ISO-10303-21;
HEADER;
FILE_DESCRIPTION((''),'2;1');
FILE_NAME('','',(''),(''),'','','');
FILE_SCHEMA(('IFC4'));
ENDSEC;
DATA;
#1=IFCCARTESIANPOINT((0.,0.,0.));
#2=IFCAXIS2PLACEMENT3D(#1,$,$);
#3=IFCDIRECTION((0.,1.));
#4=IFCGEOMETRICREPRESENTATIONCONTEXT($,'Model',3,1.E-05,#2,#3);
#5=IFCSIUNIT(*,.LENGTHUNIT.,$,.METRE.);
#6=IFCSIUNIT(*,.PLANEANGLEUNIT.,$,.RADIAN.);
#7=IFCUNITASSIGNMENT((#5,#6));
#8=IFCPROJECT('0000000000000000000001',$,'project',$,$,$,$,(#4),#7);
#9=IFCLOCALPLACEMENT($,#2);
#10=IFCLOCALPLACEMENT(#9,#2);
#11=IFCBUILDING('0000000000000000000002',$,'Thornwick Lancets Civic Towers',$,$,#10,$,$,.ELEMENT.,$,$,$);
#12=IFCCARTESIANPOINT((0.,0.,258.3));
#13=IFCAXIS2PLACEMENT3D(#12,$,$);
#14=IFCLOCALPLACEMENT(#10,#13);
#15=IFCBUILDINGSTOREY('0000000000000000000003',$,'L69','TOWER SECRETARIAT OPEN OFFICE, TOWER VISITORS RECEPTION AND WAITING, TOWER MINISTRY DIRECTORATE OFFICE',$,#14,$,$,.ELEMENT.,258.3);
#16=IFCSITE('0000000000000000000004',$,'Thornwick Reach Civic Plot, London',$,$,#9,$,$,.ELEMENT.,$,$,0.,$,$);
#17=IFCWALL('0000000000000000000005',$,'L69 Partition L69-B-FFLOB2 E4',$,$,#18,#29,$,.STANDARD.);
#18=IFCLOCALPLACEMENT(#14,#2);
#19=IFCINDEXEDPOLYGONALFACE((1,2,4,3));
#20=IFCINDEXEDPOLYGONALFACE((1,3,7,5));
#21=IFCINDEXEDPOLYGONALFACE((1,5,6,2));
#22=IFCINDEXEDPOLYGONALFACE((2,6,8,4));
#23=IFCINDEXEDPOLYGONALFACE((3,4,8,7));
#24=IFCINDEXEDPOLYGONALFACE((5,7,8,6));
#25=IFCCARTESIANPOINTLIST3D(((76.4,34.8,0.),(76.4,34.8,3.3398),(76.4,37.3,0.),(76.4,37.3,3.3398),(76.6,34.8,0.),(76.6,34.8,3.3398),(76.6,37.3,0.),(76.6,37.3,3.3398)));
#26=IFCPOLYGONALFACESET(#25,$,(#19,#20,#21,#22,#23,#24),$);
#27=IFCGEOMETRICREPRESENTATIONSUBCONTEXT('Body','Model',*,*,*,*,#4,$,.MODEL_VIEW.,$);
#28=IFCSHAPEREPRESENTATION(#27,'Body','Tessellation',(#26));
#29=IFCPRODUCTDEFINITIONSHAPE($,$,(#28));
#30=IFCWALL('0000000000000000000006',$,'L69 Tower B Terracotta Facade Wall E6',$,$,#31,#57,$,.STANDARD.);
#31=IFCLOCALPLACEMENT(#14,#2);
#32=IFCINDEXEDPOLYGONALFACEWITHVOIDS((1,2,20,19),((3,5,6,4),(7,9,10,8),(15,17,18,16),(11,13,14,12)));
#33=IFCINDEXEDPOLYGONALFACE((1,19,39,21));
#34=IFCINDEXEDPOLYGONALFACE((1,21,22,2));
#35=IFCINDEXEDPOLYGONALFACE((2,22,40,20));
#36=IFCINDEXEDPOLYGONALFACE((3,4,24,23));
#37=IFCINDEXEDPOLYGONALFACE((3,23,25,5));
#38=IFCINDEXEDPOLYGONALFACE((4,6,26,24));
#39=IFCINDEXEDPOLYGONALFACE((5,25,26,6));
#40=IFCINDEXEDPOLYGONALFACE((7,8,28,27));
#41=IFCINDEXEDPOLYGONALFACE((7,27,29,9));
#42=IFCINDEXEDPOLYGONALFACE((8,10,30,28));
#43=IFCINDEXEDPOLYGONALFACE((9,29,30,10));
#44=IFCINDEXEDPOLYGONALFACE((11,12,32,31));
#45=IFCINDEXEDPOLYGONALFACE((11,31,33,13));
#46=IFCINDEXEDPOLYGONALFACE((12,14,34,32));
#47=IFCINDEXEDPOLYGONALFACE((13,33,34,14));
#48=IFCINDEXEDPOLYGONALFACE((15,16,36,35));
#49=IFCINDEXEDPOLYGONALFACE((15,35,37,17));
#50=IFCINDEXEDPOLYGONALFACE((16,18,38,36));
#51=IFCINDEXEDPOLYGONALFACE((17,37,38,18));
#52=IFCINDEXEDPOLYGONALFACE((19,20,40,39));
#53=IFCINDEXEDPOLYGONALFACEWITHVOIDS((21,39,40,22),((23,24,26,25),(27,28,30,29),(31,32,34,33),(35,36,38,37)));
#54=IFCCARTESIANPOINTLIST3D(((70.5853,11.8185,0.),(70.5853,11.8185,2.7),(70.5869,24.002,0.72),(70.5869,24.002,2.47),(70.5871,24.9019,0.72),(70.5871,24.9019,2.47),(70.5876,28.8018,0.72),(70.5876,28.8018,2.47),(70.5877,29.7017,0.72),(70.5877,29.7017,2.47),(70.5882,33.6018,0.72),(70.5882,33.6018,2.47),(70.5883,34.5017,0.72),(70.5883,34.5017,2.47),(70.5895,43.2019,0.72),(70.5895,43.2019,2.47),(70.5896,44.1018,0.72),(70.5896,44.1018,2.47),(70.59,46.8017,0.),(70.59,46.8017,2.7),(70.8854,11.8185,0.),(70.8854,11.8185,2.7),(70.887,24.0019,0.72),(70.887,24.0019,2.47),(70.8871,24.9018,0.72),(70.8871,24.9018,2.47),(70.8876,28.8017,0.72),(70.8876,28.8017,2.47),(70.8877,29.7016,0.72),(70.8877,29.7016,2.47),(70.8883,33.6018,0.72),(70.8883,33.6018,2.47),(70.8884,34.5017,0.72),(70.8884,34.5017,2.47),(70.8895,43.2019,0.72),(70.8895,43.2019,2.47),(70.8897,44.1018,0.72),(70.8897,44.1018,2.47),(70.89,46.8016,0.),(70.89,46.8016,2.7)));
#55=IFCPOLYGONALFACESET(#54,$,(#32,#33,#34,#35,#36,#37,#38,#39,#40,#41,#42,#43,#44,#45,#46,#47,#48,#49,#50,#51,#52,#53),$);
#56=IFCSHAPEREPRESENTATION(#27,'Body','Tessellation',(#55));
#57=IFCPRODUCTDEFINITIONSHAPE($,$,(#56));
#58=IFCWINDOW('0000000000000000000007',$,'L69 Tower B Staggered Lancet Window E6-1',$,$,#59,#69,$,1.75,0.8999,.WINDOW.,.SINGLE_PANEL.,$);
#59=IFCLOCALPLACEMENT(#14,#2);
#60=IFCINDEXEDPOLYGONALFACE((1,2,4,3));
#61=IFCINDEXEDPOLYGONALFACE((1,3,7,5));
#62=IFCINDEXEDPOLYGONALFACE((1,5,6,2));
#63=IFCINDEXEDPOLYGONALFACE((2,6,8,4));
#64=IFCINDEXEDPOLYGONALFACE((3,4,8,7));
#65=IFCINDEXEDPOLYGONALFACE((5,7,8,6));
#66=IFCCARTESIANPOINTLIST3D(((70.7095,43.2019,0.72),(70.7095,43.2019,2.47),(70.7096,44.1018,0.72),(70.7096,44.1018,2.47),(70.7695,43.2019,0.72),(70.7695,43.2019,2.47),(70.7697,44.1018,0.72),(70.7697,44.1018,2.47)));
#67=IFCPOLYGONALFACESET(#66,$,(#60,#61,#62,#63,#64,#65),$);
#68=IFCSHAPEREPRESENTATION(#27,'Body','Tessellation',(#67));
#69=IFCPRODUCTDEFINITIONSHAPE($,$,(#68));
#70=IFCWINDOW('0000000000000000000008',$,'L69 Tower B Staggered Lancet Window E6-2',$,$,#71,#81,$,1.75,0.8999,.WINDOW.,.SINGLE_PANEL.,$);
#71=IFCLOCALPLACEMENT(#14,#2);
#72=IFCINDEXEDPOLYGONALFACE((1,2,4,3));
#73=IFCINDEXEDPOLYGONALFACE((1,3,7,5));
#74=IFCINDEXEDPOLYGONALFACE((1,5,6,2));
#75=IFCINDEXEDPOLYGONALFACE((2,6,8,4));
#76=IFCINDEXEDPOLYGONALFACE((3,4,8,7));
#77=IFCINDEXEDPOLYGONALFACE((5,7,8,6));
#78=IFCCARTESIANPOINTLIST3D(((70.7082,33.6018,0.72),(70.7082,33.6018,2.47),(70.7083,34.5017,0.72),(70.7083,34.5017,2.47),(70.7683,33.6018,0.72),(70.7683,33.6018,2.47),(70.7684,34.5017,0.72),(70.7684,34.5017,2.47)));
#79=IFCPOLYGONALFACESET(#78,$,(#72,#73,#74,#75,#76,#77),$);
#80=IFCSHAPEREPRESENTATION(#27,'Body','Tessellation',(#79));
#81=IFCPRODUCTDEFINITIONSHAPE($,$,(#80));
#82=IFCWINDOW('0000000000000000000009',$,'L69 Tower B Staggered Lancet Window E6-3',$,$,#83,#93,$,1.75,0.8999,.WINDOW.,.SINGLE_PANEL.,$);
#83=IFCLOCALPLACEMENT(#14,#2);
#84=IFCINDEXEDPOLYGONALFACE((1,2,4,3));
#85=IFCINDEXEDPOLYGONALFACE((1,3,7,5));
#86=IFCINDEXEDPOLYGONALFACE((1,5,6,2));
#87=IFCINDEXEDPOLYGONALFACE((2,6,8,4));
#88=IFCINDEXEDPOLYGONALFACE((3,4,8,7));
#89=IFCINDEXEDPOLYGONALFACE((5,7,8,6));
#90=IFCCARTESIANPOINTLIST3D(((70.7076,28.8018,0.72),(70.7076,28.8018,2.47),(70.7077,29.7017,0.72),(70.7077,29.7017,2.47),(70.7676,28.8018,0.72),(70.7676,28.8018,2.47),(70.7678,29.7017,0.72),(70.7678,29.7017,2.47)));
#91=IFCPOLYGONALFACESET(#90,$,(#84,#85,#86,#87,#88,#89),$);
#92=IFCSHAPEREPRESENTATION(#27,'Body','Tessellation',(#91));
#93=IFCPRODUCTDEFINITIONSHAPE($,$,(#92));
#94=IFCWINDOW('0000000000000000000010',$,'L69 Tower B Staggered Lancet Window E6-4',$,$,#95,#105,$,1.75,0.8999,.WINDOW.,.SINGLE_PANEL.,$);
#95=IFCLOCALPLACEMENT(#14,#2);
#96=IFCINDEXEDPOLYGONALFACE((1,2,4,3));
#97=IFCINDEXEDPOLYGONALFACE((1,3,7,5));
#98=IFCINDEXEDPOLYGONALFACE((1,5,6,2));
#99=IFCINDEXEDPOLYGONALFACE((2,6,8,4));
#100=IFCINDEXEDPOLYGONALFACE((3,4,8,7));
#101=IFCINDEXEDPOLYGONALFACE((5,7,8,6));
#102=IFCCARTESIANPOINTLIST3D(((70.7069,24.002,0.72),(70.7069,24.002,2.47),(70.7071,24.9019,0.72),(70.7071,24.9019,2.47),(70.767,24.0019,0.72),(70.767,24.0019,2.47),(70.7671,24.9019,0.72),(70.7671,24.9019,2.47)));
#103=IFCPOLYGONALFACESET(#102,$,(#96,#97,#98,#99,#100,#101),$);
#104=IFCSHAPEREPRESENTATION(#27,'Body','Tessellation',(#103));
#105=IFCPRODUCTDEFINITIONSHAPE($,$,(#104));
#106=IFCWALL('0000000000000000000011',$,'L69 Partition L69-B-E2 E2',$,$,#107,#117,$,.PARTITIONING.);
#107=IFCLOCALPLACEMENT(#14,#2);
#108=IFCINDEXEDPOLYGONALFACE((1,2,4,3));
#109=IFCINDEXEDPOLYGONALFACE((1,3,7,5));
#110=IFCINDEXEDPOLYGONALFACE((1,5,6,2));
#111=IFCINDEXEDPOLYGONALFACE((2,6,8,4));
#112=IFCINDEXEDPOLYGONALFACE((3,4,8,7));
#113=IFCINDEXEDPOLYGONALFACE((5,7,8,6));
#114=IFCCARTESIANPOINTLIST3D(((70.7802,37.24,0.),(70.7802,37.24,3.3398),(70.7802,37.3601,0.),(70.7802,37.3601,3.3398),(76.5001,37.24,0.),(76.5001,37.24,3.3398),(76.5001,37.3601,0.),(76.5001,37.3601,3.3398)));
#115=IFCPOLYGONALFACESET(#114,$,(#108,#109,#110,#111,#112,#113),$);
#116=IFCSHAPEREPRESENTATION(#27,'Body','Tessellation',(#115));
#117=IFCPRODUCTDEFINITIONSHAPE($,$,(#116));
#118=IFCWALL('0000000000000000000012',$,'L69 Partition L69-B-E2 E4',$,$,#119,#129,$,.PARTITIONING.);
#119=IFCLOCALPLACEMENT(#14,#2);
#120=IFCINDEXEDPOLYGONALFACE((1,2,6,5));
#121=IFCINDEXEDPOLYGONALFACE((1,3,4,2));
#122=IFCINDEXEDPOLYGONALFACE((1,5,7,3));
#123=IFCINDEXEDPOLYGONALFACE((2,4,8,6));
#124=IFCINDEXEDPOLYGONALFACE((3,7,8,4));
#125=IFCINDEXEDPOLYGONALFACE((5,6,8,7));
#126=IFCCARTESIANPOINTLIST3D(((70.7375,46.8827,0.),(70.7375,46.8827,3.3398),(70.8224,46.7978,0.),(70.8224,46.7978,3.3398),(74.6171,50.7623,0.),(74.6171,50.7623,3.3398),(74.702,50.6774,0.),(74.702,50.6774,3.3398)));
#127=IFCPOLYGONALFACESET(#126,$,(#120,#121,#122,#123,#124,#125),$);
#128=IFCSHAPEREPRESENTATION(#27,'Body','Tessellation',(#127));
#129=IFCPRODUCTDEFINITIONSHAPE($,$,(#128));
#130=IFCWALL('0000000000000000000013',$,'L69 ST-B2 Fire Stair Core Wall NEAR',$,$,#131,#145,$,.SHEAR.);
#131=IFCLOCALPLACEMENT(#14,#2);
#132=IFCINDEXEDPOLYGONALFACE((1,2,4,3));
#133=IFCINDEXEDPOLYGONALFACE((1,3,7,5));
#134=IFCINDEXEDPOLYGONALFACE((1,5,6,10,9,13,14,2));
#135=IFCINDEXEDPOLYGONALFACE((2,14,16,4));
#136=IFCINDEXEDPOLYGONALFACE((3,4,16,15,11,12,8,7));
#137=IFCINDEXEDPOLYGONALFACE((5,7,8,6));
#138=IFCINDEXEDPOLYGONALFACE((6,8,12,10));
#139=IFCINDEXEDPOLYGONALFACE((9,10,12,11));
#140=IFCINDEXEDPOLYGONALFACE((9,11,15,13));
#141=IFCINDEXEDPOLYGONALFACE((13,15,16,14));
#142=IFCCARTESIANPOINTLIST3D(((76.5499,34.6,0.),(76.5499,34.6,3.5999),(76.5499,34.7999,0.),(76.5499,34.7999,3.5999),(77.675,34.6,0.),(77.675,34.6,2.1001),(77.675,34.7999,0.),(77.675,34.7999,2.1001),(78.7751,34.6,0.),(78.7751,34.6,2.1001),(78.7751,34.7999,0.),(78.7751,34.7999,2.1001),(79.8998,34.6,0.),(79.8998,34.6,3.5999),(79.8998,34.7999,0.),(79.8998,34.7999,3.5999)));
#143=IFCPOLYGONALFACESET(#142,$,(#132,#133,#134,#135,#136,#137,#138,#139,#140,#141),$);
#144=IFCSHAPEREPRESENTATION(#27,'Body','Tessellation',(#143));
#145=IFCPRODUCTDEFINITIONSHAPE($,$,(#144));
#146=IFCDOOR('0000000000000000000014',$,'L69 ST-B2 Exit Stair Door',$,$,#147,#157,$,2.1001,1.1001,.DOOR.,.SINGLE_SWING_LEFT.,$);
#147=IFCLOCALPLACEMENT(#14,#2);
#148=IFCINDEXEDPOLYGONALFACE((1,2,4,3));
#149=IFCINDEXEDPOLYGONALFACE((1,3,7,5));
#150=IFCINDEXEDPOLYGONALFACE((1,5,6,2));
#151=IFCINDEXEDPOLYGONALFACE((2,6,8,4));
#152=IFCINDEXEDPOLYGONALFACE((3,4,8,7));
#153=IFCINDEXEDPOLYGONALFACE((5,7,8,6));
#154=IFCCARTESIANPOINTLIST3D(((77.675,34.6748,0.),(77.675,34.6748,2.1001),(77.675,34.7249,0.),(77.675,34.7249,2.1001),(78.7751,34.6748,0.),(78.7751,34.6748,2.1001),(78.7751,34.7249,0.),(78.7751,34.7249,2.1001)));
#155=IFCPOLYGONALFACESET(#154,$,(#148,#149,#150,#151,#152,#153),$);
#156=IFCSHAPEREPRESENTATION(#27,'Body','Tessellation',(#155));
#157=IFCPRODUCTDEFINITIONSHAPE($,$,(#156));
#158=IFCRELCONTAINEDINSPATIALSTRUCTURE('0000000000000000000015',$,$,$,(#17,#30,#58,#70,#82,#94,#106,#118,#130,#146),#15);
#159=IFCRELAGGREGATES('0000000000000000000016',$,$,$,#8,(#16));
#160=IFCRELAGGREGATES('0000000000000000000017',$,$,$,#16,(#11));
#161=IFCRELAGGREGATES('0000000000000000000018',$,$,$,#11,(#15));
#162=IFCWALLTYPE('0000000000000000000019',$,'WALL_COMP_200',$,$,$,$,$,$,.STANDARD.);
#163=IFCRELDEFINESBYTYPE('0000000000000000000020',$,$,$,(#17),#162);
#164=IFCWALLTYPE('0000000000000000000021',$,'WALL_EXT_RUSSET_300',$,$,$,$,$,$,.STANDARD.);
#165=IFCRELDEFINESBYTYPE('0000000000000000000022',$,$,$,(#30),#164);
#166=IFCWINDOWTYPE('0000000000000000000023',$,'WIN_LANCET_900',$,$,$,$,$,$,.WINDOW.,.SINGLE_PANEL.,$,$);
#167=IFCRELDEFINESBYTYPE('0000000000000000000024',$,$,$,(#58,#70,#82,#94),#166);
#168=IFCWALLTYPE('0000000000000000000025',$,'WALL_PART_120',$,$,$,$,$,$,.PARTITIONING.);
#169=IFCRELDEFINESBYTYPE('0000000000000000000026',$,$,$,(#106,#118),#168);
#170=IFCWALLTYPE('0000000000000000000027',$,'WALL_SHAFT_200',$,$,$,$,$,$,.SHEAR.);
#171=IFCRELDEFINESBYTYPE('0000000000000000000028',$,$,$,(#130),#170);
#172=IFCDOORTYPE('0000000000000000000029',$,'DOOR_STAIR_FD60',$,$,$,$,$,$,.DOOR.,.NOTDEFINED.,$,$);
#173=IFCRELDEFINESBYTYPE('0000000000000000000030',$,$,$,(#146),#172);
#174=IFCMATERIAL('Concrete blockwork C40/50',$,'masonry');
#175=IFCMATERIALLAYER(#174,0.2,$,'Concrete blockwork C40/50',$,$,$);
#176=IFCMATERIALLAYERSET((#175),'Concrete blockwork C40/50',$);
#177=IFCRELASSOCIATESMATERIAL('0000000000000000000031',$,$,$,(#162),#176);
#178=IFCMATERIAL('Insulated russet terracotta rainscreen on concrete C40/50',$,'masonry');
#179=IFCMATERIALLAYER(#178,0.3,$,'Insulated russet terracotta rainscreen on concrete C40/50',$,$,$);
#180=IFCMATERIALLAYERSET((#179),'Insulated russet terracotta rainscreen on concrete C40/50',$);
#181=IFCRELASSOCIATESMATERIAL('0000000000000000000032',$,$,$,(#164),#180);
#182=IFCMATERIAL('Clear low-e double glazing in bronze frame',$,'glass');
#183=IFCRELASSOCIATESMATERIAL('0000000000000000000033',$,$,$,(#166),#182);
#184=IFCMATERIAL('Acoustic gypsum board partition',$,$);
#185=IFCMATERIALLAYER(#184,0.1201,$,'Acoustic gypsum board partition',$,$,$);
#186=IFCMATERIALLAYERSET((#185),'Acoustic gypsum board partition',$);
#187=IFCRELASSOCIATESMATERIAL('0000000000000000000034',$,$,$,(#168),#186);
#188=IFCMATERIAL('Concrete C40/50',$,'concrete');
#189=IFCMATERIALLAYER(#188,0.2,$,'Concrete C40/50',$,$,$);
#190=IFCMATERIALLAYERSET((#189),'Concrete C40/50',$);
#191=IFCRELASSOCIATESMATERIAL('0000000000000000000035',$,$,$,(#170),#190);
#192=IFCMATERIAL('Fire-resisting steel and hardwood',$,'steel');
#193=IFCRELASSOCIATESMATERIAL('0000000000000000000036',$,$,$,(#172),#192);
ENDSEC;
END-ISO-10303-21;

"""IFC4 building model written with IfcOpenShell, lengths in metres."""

from ifc_helpers import new_model, si_unit, direction, frame, frame_2d, origin, place, context, subcontext, project, spatial, rectangle, extrude, material, layer, layer_set, type_object, element, fill, save


model = new_model("IFC4")

# Units and contexts
model_context = context("Model", 3, precision=1e-05, world=origin(), true_north=direction((0.0, 1.0)))
body_context = subcontext(model_context, "Body", "Model", "MODEL_VIEW")
ifc_project = project(units=[si_unit("LENGTHUNIT", "METRE"), si_unit("PLANEANGLEUNIT", "RADIAN")], contexts=[model_context])

# Site, building, storey
site_placement = place(None, origin())
site = spatial("IfcSite", under=ifc_project, at=site_placement, Name="Thornwick Reach Civic Plot, London", CompositionType="ELEMENT", RefElevation=0.0)
building_placement = place(site_placement, origin())
building = spatial("IfcBuilding", under=site, at=building_placement, Name="Thornwick Lancets Civic Towers", CompositionType="ELEMENT")
storey_placement = place(building_placement, frame((0.0, 0.0, 258.3)))
storey = spatial("IfcBuildingStorey", under=building, at=storey_placement, Name="L69", Description="TOWER SECRETARIAT OPEN OFFICE, TOWER VISITORS RECEPTION AND WAITING, TOWER MINISTRY DIRECTORATE OFFICE", CompositionType="ELEMENT", Elevation=258.3)

# Shared definitions
ifc_material_1 = material(Name="Concrete C40/50", Category="concrete")

# Wall
ifc_material_2 = material(Name="Concrete blockwork C40/50", Category="masonry")
ifc_layer_1 = layer(ifc_material_2, 0.2, Name="Concrete blockwork C40/50")
ifc_layer_set_1 = layer_set([ifc_layer_1], Name="Concrete blockwork C40/50")
wall_type_1 = type_object("IfcWallType", Name="WALL_COMP_200", PredefinedType="STANDARD", material=ifc_layer_set_1)
wall_1_placement = place(storey_placement, frame((76.5, 37.3, 0.0), z_axis=(0.0, 0.0, 1.0), x_axis=(0.0, -1.0, 0.0)))
element("IfcWall", 1, at=wall_1_placement, inside=storey, type_object=wall_type_1, Name="L69 Partition L69-B-FFLOB2 E4", PredefinedType="STANDARD", context=body_context, shape_type="SweptSolid", body=[
    extrude(rectangle(XDim=2.5, YDim=0.2, at=frame_2d((1.25, 0.0))), origin(), (0.0, 0.0, 1.0), 3.3398),
])

# Wall, openings, windows
ifc_material_3 = material(Name="Insulated russet terracotta rainscreen on concrete C40/50", Category="masonry")
ifc_layer_2 = layer(ifc_material_3, 0.3, Name="Insulated russet terracotta rainscreen on concrete C40/50")
ifc_layer_set_2 = layer_set([ifc_layer_2], Name="Insulated russet terracotta rainscreen on concrete C40/50")
wall_type_2 = type_object("IfcWallType", Name="WALL_EXT_RUSSET_300", PredefinedType="STANDARD", material=ifc_layer_set_2)
wall_2_placement = place(storey_placement, frame((70.74, 46.8018, 0.0), z_axis=(0.0, 0.0, 1.0), x_axis=(-0.000133, -1.0, 0.0)))
wall_2 = element("IfcWall", 2, at=wall_2_placement, inside=storey, type_object=wall_type_2, Name="L69 Tower B Terracotta Facade Wall E6", PredefinedType="STANDARD", context=body_context, shape_type="SweptSolid", body=[
    extrude(rectangle(XDim=34.9832, YDim=0.3, at=frame_2d((17.4917, 0.0))), origin(), (0.0, 0.0, 1.0), 2.7),
])
opening_1_placement = place(wall_2_placement, frame((2.7, 0.0, 0.72)))
opening_1 = element("IfcOpeningElement", 3, at=opening_1_placement, cuts=wall_2, PredefinedType="OPENING", context=body_context, shape_type="SweptSolid", body=[
    extrude(rectangle(XDim=0.8999, YDim=1.75, at=frame_2d((0.45, 0.875))), frame((0.0, 0.1602, 0.0), z_axis=(0.0, -1.0, 0.0), x_axis=(1.0, 0.0, 0.0)), (0.0, 0.0, 1.0), 0.3201),
])
opening_2_placement = place(wall_2_placement, frame((12.3, 0.0, 0.72)))
opening_2 = element("IfcOpeningElement", 4, at=opening_2_placement, cuts=wall_2, PredefinedType="OPENING", context=body_context, shape_type="SweptSolid", body=[
    extrude(rectangle(XDim=0.8999, YDim=1.75, at=frame_2d((0.45, 0.875))), frame((0.0, 0.1602, 0.0), z_axis=(0.0, -1.0, 0.0), x_axis=(1.0, 0.0, 0.0)), (0.0, 0.0, 1.0), 0.3201),
])
opening_3_placement = place(wall_2_placement, frame((17.1001, 0.0, 0.72)))
opening_3 = element("IfcOpeningElement", 5, at=opening_3_placement, cuts=wall_2, PredefinedType="OPENING", context=body_context, shape_type="SweptSolid", body=[
    extrude(rectangle(XDim=0.8999, YDim=1.75, at=frame_2d((0.45, 0.875))), frame((0.0, 0.1602, 0.0), z_axis=(0.0, -1.0, 0.0), x_axis=(1.0, 0.0, 0.0)), (0.0, 0.0, 1.0), 0.3201),
])
opening_4_placement = place(wall_2_placement, frame((21.8999, 0.0, 0.72)))
opening_4 = element("IfcOpeningElement", 6, at=opening_4_placement, cuts=wall_2, PredefinedType="OPENING", context=body_context, shape_type="SweptSolid", body=[
    extrude(rectangle(XDim=0.8999, YDim=1.75, at=frame_2d((0.45, 0.875))), frame((0.0, 0.1602, 0.0), z_axis=(0.0, -1.0, 0.0), x_axis=(1.0, 0.0, 0.0)), (0.0, 0.0, 1.0), 0.3201),
])
ifc_material_4 = material(Name="Clear low-e double glazing in bronze frame", Category="glass")
window_type = type_object("IfcWindowType", Name="WIN_LANCET_900", PartitioningType="SINGLE_PANEL", PredefinedType="WINDOW", material=ifc_material_4)
window_1_placement = place(opening_1_placement, origin())
window_1 = element("IfcWindow", 7, at=window_1_placement, inside=storey, type_object=window_type, Name="L69 Tower B Staggered Lancet Window E6-1", OverallHeight=1.75, OverallWidth=0.8999, PartitioningType="SINGLE_PANEL", PredefinedType="WINDOW", context=body_context, shape_type="SweptSolid", body=[
    extrude(rectangle(XDim=0.8999, YDim=1.75, at=frame_2d((0.45, 0.875))), frame((0.0, 0.03, 0.0), z_axis=(0.0, -1.0, 0.0), x_axis=(1.0, 0.0, 0.0)), (0.0, 0.0, 1.0), 0.0601),
])
fill(opening_1, window_1)
window_2_placement = place(opening_2_placement, origin())
window_2 = element("IfcWindow", 8, at=window_2_placement, inside=storey, type_object=window_type, Name="L69 Tower B Staggered Lancet Window E6-2", OverallHeight=1.75, OverallWidth=0.8999, PartitioningType="SINGLE_PANEL", PredefinedType="WINDOW", context=body_context, shape_type="SweptSolid", body=[
    extrude(rectangle(XDim=0.8999, YDim=1.75, at=frame_2d((0.45, 0.875))), frame((0.0, 0.03, 0.0), z_axis=(0.0, -1.0, 0.0), x_axis=(1.0, 0.0, 0.0)), (0.0, 0.0, 1.0), 0.0601),
])
fill(opening_2, window_2)
window_3_placement = place(opening_3_placement, origin())
window_3 = element("IfcWindow", 9, at=window_3_placement, inside=storey, type_object=window_type, Name="L69 Tower B Staggered Lancet Window E6-3", OverallHeight=1.75, OverallWidth=0.8999, PartitioningType="SINGLE_PANEL", PredefinedType="WINDOW", context=body_context, shape_type="SweptSolid", body=[
    extrude(rectangle(XDim=0.8999, YDim=1.75, at=frame_2d((0.45, 0.875))), frame((0.0, 0.03, 0.0), z_axis=(0.0, -1.0, 0.0), x_axis=(1.0, 0.0, 0.0)), (0.0, 0.0, 1.0), 0.0601),
])
fill(opening_3, window_3)
window_4_placement = place(opening_4_placement, origin())
window_4 = element("IfcWindow", 10, at=window_4_placement, inside=storey, type_object=window_type, Name="L69 Tower B Staggered Lancet Window E6-4", OverallHeight=1.75, OverallWidth=0.8999, PartitioningType="SINGLE_PANEL", PredefinedType="WINDOW", context=body_context, shape_type="SweptSolid", body=[
    extrude(rectangle(XDim=0.8999, YDim=1.75, at=frame_2d((0.45, 0.875))), frame((0.0, 0.03, 0.0), z_axis=(0.0, -1.0, 0.0), x_axis=(1.0, 0.0, 0.0)), (0.0, 0.0, 1.0), 0.0601),
])
fill(opening_4, window_4)

# Walls
ifc_material_5 = material(Name="Acoustic gypsum board partition")
ifc_layer_3 = layer(ifc_material_5, 0.1201, Name="Acoustic gypsum board partition")
ifc_layer_set_3 = layer_set([ifc_layer_3], Name="Acoustic gypsum board partition")
wall_type_3 = type_object("IfcWallType", Name="WALL_PART_120", PredefinedType="PARTITIONING", material=ifc_layer_set_3)
wall_3_placement = place(storey_placement, frame((76.5, 37.3, 0.0), z_axis=(0.0, 0.0, 1.0), x_axis=(-1.0, 0.0, 0.0)))
element("IfcWall", 11, at=wall_3_placement, inside=storey, type_object=wall_type_3, Name="L69 Partition L69-B-E2 E2", PredefinedType="PARTITIONING", context=body_context, shape_type="SweptSolid", body=[
    extrude(rectangle(XDim=5.72, YDim=0.1201, at=frame_2d((2.8599, 0.0))), origin(), (0.0, 0.0, 1.0), 3.3398),
])
wall_4_placement = place(storey_placement, frame((70.78, 46.8403, 0.0), z_axis=(0.0, 0.0, 1.0), x_axis=(0.707107, 0.707107, 0.0)))
element("IfcWall", 12, at=wall_4_placement, inside=storey, type_object=wall_type_3, Name="L69 Partition L69-B-E2 E4", PredefinedType="PARTITIONING", context=body_context, shape_type="SweptSolid", body=[
    extrude(rectangle(XDim=5.4866, YDim=0.1201, at=frame_2d((2.7432, 0.0))), origin(), (0.0, 0.0, 1.0), 3.3398),
])

# Wall, opening, door
ifc_layer_4 = layer(ifc_material_1, 0.2, Name="Concrete C40/50")
ifc_layer_set_4 = layer_set([ifc_layer_4], Name="Concrete C40/50")
wall_type_4 = type_object("IfcWallType", Name="WALL_SHAFT_200", PredefinedType="SHEAR", material=ifc_layer_set_4)
wall_5_placement = place(storey_placement, frame((76.55, 34.7, 0.0), z_axis=(0.0, 0.0, 1.0), x_axis=(1.0, 0.0, 0.0)))
wall_5 = element("IfcWall", 13, at=wall_5_placement, inside=storey, type_object=wall_type_4, Name="L69 ST-B2 Fire Stair Core Wall NEAR", PredefinedType="SHEAR", context=body_context, shape_type="SweptSolid", body=[
    extrude(rectangle(XDim=3.3499, YDim=0.2, at=frame_2d((1.6748, 0.0))), origin(), (0.0, 0.0, 1.0), 3.5999),
])
opening_5_placement = place(wall_5_placement, frame((1.125, 0.0, 0.0)))
opening_5 = element("IfcOpeningElement", 14, at=opening_5_placement, cuts=wall_5, PredefinedType="OPENING", context=body_context, shape_type="SweptSolid", body=[
    extrude(rectangle(XDim=1.1001, YDim=2.1001, at=frame_2d((0.55, 1.05))), frame((0.0, 0.1099, 0.0), z_axis=(0.0, -1.0, 0.0), x_axis=(1.0, 0.0, 0.0)), (0.0, 0.0, 1.0), 0.22),
])
ifc_material_6 = material(Name="Fire-resisting steel and hardwood", Category="steel")
door_type = type_object("IfcDoorType", Name="DOOR_STAIR_FD60", OperationType="NOTDEFINED", PredefinedType="DOOR", material=ifc_material_6)
door_placement = place(opening_5_placement, origin())
door = element("IfcDoor", 15, at=door_placement, inside=storey, type_object=door_type, Name="L69 ST-B2 Exit Stair Door", OperationType="SINGLE_SWING_LEFT", OverallHeight=2.1001, OverallWidth=1.1001, PredefinedType="DOOR", context=body_context, shape_type="SweptSolid", body=[
    extrude(rectangle(XDim=1.1001, YDim=2.1001, at=frame_2d((0.55, 1.05))), frame((0.0, 0.0249, 0.0), z_axis=(0.0, -1.0, 0.0), x_axis=(1.0, 0.0, 0.0)), (0.0, 0.0, 1.0), 0.05),
])
fill(opening_5, door)

save(model, "model.ifc")
